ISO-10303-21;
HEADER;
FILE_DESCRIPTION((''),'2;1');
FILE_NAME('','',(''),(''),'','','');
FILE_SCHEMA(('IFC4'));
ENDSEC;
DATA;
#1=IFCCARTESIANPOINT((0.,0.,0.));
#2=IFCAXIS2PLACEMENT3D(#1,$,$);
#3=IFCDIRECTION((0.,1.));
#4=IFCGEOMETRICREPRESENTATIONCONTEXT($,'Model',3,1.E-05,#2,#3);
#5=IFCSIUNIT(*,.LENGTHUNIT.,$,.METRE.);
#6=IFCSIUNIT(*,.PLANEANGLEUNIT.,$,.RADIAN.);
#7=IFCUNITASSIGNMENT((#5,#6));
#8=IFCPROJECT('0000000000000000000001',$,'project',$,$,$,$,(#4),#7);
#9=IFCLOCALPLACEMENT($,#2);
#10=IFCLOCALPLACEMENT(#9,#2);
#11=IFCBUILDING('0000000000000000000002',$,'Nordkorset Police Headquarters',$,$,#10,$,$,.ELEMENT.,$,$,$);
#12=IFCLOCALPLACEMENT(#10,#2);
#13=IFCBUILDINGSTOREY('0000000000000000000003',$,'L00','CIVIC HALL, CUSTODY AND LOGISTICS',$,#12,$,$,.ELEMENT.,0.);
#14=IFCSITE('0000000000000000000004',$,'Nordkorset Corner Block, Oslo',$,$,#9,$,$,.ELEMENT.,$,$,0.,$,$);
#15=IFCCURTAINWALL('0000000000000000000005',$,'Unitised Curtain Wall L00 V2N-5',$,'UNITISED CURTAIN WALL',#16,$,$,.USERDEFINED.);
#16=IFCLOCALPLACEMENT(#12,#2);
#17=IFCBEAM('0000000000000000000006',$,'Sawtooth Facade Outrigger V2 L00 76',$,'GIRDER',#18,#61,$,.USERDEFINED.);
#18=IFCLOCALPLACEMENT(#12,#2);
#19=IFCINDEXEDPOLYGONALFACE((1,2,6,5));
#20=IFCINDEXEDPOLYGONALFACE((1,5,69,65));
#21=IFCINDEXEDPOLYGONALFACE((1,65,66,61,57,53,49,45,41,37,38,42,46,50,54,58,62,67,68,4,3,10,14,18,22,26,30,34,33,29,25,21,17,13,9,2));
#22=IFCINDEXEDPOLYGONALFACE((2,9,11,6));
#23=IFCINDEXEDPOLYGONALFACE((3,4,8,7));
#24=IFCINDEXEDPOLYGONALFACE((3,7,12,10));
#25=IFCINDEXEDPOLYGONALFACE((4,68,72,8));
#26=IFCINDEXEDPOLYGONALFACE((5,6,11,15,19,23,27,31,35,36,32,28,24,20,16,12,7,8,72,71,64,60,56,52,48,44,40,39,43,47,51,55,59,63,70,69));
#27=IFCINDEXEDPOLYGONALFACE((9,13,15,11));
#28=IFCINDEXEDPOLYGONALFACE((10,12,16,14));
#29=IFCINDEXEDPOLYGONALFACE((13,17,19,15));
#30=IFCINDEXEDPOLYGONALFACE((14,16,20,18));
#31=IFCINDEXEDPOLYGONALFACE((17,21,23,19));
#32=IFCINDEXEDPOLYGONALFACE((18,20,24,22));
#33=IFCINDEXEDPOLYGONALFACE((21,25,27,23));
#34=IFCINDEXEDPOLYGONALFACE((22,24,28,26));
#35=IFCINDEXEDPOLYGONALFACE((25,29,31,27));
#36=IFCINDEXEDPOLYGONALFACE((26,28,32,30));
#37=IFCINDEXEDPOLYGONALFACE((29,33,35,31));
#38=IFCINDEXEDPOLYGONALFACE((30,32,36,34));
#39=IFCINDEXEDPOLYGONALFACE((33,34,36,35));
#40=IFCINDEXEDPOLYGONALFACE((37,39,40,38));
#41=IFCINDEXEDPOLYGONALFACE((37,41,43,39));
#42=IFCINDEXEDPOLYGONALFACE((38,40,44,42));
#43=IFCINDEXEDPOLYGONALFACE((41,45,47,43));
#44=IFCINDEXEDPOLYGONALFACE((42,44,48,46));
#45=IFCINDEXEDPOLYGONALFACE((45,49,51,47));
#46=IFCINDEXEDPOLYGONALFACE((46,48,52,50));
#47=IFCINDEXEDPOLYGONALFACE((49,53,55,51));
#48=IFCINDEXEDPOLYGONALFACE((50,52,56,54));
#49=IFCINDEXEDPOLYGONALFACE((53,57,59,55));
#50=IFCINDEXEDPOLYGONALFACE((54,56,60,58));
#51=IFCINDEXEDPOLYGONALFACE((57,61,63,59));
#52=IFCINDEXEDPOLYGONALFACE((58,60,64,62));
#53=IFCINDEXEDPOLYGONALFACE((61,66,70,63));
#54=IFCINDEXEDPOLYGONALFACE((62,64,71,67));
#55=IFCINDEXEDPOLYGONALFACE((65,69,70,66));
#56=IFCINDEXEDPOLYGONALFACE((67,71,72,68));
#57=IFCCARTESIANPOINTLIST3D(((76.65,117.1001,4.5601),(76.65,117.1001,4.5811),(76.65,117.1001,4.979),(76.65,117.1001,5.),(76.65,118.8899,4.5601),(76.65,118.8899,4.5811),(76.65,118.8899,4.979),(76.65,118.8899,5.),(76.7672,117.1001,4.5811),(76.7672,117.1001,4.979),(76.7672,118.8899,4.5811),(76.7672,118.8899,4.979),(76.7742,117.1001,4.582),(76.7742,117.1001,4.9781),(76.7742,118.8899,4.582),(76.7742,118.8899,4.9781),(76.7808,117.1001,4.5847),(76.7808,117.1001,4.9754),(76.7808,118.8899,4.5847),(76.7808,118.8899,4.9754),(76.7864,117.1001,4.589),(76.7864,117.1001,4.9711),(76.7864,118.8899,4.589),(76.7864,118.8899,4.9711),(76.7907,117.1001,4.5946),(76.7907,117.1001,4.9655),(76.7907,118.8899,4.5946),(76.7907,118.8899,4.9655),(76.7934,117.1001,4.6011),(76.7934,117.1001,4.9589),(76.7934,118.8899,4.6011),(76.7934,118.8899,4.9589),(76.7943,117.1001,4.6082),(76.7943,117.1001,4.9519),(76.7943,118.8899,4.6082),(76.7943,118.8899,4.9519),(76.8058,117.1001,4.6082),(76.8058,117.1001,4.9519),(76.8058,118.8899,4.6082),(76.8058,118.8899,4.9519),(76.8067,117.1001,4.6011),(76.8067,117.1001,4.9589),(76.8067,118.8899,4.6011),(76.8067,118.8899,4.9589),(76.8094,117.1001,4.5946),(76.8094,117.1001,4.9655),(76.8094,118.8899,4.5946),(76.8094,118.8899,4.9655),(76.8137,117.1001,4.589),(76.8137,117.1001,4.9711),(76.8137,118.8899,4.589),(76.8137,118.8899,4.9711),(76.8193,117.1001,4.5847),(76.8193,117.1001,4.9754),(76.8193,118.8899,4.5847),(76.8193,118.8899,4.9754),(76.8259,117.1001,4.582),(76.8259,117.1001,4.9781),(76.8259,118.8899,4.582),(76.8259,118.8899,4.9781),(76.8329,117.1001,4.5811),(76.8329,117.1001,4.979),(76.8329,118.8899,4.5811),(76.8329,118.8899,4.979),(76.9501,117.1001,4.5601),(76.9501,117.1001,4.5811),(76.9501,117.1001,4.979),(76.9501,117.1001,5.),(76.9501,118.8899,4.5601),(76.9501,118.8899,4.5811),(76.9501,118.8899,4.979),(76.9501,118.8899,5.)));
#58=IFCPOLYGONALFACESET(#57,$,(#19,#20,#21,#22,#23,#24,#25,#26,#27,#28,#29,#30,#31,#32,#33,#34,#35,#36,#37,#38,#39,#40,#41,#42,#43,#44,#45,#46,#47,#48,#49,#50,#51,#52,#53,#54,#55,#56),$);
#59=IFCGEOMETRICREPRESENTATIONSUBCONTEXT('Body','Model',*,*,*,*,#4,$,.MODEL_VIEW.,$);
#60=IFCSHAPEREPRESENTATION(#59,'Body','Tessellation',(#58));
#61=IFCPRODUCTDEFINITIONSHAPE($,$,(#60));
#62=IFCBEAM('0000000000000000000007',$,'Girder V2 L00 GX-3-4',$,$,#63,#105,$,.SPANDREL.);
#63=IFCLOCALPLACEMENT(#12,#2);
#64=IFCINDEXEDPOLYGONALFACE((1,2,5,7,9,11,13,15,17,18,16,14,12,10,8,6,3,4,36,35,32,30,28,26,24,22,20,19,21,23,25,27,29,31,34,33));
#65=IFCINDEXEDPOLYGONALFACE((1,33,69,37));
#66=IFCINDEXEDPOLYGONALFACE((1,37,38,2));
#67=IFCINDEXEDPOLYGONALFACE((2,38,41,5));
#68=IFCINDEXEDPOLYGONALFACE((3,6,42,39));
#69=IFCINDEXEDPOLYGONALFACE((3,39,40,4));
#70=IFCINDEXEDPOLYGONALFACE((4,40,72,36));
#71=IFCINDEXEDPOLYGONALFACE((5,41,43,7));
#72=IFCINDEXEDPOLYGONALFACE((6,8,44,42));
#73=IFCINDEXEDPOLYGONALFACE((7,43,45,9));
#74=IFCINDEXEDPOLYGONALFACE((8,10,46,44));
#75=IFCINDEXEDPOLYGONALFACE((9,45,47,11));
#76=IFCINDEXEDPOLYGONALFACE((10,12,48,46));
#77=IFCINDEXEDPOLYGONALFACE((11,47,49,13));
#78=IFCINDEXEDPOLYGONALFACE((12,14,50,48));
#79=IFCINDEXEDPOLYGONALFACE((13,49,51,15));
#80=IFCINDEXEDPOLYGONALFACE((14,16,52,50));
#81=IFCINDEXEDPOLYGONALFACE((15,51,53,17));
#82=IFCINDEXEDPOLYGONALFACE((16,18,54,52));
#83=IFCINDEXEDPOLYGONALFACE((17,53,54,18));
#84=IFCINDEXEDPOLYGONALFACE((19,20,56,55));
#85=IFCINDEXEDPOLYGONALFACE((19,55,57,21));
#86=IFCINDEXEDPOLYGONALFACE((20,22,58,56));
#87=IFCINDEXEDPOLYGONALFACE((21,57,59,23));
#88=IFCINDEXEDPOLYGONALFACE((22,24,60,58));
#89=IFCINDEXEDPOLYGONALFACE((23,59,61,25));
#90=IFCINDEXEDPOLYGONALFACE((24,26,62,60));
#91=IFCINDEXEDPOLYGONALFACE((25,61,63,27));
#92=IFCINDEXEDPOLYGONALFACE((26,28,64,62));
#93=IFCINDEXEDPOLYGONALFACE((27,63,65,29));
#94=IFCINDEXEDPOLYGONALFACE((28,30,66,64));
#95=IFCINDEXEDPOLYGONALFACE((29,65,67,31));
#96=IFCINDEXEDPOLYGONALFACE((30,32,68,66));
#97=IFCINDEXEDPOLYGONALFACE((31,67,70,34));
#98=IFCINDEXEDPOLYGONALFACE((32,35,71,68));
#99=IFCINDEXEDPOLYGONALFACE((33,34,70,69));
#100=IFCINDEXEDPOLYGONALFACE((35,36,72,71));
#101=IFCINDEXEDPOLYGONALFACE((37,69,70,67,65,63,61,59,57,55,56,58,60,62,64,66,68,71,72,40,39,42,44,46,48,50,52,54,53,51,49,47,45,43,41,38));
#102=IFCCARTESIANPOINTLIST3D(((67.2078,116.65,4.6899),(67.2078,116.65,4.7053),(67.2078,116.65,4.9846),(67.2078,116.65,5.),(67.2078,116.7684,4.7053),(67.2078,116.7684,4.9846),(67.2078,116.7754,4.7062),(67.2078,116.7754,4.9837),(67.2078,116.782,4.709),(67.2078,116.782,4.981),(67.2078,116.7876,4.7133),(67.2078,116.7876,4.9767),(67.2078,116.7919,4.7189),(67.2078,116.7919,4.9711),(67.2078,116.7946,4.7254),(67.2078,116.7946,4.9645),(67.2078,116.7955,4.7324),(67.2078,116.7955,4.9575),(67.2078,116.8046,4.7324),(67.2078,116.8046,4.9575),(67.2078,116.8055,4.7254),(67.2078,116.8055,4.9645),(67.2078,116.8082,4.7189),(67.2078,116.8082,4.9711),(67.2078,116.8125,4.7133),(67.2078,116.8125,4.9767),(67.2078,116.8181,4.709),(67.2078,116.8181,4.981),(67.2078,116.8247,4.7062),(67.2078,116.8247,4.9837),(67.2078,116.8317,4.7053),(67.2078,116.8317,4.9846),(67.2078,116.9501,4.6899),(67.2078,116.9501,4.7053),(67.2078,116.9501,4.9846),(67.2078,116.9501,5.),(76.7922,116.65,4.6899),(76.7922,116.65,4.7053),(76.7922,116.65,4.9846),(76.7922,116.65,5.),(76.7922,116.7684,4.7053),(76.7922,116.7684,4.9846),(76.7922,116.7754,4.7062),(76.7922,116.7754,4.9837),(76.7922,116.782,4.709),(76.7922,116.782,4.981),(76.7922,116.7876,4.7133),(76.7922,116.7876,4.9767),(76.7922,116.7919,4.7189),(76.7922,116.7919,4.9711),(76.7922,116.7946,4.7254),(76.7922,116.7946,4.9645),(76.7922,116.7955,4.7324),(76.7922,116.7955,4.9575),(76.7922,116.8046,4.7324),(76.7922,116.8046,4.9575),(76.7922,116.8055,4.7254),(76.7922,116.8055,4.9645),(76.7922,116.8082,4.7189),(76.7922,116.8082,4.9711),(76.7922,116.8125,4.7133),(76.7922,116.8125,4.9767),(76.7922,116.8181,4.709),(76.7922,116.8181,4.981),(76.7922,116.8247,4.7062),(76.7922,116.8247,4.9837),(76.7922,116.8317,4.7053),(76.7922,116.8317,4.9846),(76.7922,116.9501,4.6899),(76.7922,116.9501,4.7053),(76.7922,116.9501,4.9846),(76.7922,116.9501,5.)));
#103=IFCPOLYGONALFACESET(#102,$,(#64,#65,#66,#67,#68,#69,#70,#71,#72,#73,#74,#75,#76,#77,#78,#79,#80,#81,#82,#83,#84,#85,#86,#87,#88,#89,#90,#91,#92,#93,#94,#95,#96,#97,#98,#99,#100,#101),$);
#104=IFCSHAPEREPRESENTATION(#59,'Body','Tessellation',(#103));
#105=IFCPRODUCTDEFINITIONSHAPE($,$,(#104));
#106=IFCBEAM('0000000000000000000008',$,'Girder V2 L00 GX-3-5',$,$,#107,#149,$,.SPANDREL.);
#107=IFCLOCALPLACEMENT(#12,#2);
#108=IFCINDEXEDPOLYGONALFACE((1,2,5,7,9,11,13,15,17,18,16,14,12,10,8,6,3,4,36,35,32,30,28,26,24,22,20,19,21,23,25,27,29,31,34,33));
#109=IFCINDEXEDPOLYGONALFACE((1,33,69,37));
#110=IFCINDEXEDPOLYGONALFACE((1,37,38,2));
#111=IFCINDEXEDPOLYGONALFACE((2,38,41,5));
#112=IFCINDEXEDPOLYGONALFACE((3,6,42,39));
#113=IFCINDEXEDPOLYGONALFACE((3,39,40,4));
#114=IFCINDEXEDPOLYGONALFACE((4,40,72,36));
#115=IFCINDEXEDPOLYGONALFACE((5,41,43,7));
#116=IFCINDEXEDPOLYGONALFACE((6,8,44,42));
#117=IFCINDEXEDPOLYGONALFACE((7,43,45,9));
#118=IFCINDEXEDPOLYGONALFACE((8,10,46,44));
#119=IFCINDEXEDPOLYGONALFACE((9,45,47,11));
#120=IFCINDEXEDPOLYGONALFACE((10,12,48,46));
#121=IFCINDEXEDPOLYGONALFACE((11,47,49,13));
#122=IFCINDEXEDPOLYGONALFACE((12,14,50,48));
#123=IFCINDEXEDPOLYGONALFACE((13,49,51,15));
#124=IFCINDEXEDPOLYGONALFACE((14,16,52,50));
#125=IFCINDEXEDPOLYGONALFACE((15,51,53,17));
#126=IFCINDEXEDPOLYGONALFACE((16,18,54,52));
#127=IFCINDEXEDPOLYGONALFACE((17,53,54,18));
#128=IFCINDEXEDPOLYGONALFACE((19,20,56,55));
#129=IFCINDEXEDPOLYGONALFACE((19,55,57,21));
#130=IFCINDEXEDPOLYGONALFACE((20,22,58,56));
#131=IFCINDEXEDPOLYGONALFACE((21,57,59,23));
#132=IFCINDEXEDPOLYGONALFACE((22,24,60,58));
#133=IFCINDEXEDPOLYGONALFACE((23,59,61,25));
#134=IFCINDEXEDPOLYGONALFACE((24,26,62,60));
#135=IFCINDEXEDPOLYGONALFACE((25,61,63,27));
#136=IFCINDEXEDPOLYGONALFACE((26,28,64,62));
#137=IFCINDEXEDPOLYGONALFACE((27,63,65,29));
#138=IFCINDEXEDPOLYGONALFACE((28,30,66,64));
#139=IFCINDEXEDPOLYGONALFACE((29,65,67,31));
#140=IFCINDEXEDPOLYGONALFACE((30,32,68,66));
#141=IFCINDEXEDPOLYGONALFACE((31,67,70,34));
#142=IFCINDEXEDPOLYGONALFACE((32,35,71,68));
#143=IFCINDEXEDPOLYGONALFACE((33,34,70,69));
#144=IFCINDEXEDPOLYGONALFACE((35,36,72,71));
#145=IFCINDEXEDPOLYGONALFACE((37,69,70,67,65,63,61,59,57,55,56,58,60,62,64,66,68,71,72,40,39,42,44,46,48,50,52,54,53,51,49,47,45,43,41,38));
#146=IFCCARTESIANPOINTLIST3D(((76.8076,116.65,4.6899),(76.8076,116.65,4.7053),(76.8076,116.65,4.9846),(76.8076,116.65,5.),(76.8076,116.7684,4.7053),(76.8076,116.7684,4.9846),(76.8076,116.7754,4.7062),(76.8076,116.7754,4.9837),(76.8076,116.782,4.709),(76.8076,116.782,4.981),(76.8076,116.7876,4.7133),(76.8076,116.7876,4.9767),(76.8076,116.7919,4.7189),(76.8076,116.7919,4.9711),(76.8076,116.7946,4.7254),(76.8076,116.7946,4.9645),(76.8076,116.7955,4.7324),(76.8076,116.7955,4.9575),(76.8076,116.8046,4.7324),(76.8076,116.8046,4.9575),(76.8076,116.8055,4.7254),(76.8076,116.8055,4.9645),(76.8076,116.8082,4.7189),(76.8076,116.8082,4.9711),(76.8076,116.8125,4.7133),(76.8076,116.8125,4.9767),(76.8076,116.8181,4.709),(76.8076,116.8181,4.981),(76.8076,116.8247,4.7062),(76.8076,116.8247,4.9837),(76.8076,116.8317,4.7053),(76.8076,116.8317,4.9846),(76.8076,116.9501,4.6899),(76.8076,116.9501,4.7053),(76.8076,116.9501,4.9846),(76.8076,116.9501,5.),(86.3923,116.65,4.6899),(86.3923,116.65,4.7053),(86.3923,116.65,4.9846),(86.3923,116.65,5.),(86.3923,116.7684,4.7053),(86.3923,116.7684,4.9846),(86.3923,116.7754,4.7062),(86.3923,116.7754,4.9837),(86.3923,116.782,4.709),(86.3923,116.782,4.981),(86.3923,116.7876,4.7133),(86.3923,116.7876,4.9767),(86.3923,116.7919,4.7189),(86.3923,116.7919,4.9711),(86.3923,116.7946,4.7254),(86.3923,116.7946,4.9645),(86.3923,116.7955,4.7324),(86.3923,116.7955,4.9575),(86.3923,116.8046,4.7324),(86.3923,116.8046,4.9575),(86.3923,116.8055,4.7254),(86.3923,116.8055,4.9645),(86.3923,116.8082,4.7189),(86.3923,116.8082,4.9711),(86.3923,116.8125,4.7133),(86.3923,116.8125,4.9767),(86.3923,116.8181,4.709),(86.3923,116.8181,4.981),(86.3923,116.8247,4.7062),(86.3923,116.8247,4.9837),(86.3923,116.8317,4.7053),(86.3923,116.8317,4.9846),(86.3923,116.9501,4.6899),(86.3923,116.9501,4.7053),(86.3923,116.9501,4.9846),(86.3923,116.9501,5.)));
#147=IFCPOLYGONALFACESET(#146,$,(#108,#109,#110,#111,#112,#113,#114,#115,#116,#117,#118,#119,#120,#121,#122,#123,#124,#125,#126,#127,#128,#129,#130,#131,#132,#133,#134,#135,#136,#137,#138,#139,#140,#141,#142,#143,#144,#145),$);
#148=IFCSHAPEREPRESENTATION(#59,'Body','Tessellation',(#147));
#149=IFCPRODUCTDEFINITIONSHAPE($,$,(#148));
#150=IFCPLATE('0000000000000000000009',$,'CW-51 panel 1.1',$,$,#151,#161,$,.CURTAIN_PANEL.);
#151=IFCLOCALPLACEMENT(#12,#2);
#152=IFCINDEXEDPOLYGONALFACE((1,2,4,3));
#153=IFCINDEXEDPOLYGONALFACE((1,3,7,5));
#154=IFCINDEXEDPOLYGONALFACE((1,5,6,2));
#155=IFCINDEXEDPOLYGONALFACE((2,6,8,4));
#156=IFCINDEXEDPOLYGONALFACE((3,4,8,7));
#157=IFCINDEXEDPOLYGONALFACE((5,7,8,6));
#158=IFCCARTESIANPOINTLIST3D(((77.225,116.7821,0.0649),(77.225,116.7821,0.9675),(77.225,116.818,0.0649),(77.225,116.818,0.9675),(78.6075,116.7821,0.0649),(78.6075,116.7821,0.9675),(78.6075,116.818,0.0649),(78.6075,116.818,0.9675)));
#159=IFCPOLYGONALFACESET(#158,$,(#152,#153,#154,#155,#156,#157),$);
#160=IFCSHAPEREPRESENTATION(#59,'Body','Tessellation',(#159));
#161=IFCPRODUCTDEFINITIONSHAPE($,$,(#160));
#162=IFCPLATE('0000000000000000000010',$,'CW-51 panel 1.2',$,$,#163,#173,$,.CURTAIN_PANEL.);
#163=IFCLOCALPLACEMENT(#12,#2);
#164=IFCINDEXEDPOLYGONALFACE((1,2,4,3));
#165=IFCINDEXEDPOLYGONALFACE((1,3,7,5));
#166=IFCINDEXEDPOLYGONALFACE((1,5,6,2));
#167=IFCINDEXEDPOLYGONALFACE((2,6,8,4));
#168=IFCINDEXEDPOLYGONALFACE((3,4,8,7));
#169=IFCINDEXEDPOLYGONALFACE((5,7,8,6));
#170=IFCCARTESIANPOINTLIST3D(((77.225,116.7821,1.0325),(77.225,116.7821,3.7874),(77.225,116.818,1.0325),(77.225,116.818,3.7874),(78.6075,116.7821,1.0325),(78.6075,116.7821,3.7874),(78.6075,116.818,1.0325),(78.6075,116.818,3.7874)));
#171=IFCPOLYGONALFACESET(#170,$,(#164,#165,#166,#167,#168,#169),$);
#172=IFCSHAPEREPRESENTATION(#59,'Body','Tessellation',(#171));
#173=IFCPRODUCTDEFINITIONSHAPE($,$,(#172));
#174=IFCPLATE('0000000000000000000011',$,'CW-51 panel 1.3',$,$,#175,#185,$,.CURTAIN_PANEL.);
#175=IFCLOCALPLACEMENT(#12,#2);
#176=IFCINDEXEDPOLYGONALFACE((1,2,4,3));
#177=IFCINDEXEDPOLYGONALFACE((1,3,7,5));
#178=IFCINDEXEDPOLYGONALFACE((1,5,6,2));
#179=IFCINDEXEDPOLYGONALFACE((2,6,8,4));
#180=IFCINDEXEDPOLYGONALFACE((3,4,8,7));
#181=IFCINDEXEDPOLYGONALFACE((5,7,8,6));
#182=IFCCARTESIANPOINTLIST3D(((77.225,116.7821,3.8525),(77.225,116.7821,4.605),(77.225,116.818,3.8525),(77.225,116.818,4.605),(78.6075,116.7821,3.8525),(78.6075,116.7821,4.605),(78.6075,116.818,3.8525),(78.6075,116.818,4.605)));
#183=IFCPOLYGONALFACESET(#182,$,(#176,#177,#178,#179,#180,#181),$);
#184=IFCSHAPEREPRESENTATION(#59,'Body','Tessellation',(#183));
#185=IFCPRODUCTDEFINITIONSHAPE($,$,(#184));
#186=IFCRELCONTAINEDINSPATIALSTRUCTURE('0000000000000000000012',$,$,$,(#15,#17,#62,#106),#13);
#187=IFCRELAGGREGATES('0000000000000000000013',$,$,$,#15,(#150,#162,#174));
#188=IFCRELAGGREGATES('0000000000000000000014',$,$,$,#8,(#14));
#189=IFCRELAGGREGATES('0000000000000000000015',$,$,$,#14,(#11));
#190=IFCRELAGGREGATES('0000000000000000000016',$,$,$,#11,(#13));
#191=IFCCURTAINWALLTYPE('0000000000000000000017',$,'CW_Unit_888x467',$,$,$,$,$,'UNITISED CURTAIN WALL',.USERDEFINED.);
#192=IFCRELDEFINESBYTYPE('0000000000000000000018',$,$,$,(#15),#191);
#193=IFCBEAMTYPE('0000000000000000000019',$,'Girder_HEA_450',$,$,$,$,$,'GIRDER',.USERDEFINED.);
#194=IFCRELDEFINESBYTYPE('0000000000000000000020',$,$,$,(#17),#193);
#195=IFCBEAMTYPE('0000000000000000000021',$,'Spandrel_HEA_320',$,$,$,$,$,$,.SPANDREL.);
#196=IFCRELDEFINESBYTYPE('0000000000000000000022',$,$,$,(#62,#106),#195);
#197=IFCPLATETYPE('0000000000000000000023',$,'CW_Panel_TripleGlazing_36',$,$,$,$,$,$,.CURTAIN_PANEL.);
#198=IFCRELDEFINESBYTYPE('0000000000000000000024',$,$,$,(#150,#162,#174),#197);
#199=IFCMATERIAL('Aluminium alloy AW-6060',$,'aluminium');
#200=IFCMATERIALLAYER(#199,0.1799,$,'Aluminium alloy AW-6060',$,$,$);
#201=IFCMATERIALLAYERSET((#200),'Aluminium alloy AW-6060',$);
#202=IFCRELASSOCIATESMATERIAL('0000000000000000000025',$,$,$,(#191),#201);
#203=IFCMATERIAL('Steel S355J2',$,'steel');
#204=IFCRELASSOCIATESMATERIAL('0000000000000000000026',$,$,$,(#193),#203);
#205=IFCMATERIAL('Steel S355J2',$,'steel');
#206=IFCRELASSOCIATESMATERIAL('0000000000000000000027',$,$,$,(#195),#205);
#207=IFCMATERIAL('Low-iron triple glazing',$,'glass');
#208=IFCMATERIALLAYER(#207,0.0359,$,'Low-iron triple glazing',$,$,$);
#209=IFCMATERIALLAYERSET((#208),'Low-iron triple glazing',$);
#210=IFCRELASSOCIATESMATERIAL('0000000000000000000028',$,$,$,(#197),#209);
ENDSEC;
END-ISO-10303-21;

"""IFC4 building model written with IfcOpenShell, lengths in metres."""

from ifc_helpers import new_model, si_unit, direction, frame, origin, origin_2d, place, context, subcontext, project, spatial, rectangle, i_section, extrude, material, layer, layer_set, material_profile, profile_set, type_object, element, aggregate, save


model = new_model("IFC4")

# Units and contexts
model_context = context("Model", 3, precision=1e-05, world=origin(), true_north=direction((0.0, 1.0)))
body_context = subcontext(model_context, "Body", "Model", "MODEL_VIEW")
ifc_project = project(units=[si_unit("LENGTHUNIT", "METRE"), si_unit("PLANEANGLEUNIT", "RADIAN")], contexts=[model_context])

# Site, building, storey
site_placement = place(None, origin())
site = spatial("IfcSite", under=ifc_project, at=site_placement, Name="Nordkorset Corner Block, Oslo", CompositionType="ELEMENT", RefElevation=0.0)
building_placement = place(site_placement, origin())
building = spatial("IfcBuilding", under=site, at=building_placement, Name="Nordkorset Police Headquarters", CompositionType="ELEMENT")
storey_placement = place(building_placement, origin())
storey = spatial("IfcBuildingStorey", under=building, at=storey_placement, Name="L00", Description="CIVIC HALL, CUSTODY AND LOGISTICS", CompositionType="ELEMENT", Elevation=0.0)

# Curtain wall
ifc_material_1 = material(Name="Aluminium alloy AW-6060", Category="aluminium")
ifc_layer_1 = layer(ifc_material_1, 0.1799, Name="Aluminium alloy AW-6060")
ifc_layer_set_1 = layer_set([ifc_layer_1], Name="Aluminium alloy AW-6060")
curtain_wall_type = type_object("IfcCurtainWallType", Name="CW_Unit_888x467", ElementType="UNITISED CURTAIN WALL", PredefinedType="USERDEFINED", material=ifc_layer_set_1)
curtain_wall_placement = place(storey_placement, origin())
curtain_wall = element("IfcCurtainWall", 1, at=curtain_wall_placement, inside=storey, type_object=curtain_wall_type, Name="Unitised Curtain Wall L00 V2N-5", ObjectType="UNITISED CURTAIN WALL", PredefinedType="USERDEFINED")

# Beams
ifc_material_2 = material(Name="Steel S355J2", Category="steel")
ifc_material_profile_1 = material_profile(ifc_material_2, i_section(OverallWidth=0.3, OverallDepth=0.4399, WebThickness=0.0115, FlangeThickness=0.021, FilletRadius=0.0271, at=origin_2d()), Name="HEA 450")
ifc_profile_set_1 = profile_set([ifc_material_profile_1], Name="Steel S355J2")
beam_type_1 = type_object("IfcBeamType", Name="Girder_HEA_450", ElementType="GIRDER", PredefinedType="USERDEFINED", material=ifc_profile_set_1)
beam_1_placement = place(storey_placement, frame((76.8, 117.1001, 4.78), z_axis=(0.0, 1.0, 0.0), x_axis=(-1.0, 0.0, 0.0)))
element("IfcBeam", 2, at=beam_1_placement, inside=storey, type_object=beam_type_1, Name="Sawtooth Facade Outrigger V2 L00 76", ObjectType="GIRDER", PredefinedType="USERDEFINED", context=body_context, shape_type="SweptSolid", body=[
    extrude(i_section(OverallWidth=0.3, OverallDepth=0.4399, WebThickness=0.0115, FlangeThickness=0.021, FilletRadius=0.0271, at=origin_2d()), origin(), (0.0, 0.0, 1.0), 1.7898),
])
ifc_material_3 = material(Name="Steel S355J2", Category="steel")
ifc_material_profile_2 = material_profile(ifc_material_3, i_section(OverallWidth=0.3, OverallDepth=0.3101, WebThickness=0.009, FlangeThickness=0.0154, FilletRadius=0.0271, at=origin_2d()), Name="HEA 320")
ifc_profile_set_2 = profile_set([ifc_material_profile_2], Name="Steel S355J2")
beam_type_2 = type_object("IfcBeamType", Name="Spandrel_HEA_320", PredefinedType="SPANDREL", material=ifc_profile_set_2)
beam_2_placement = place(storey_placement, frame((67.2078, 116.8, 4.845), z_axis=(1.0, 0.0, 0.0), x_axis=(0.0, 1.0, 0.0)))
element("IfcBeam", 3, at=beam_2_placement, inside=storey, type_object=beam_type_2, Name="Girder V2 L00 GX-3-4", PredefinedType="SPANDREL", context=body_context, shape_type="SweptSolid", body=[
    extrude(i_section(OverallWidth=0.3, OverallDepth=0.3101, WebThickness=0.009, FlangeThickness=0.0154, FilletRadius=0.0271, at=origin_2d()), origin(), (0.0, 0.0, 1.0), 9.5845),
])
beam_3_placement = place(storey_placement, frame((76.8076, 116.8, 4.845), z_axis=(1.0, 0.0, 0.0), x_axis=(0.0, 1.0, 0.0)))
element("IfcBeam", 4, at=beam_3_placement, inside=storey, type_object=beam_type_2, Name="Girder V2 L00 GX-3-5", PredefinedType="SPANDREL", context=body_context, shape_type="SweptSolid", body=[
    extrude(i_section(OverallWidth=0.3, OverallDepth=0.3101, WebThickness=0.009, FlangeThickness=0.0154, FilletRadius=0.0271, at=origin_2d()), origin(), (0.0, 0.0, 1.0), 9.5847),
])

# Plates
ifc_material_4 = material(Name="Low-iron triple glazing", Category="glass")
ifc_layer_2 = layer(ifc_material_4, 0.0359, Name="Low-iron triple glazing")
ifc_layer_set_2 = layer_set([ifc_layer_2], Name="Low-iron triple glazing")
plate_type_1 = type_object("IfcPlateType", Name="CW_Panel_TripleGlazing_36", PredefinedType="CURTAIN_PANEL", material=ifc_layer_set_2)
plate_1_placement = place(storey_placement, frame((77.9163, 116.8, 0.0649), z_axis=(0.0, 0.0, 1.0), x_axis=(1.0, 0.0, 0.0)))
plate_1 = element("IfcPlate", 5, at=plate_1_placement, type_object=plate_type_1, Name="CW-51 panel 1.1", PredefinedType="CURTAIN_PANEL", context=body_context, shape_type="SweptSolid", body=[
    extrude(rectangle(XDim=1.3826, YDim=0.0359, at=origin_2d()), origin(), (0.0, 0.0, 1.0), 0.9026),
])
plate_2_placement = place(storey_placement, frame((77.9163, 116.8, 1.0325), z_axis=(0.0, 0.0, 1.0), x_axis=(1.0, 0.0, 0.0)))
plate_2 = element("IfcPlate", 6, at=plate_2_placement, type_object=plate_type_1, Name="CW-51 panel 1.2", PredefinedType="CURTAIN_PANEL", context=body_context, shape_type="SweptSolid", body=[
    extrude(rectangle(XDim=1.3826, YDim=0.0359, at=origin_2d()), origin(), (0.0, 0.0, 1.0), 2.7549),
])
plate_3_placement = place(storey_placement, frame((77.9163, 116.8, 3.8525), z_axis=(0.0, 0.0, 1.0), x_axis=(1.0, 0.0, 0.0)))
plate_3 = element("IfcPlate", 7, at=plate_3_placement, type_object=plate_type_1, Name="CW-51 panel 1.3", PredefinedType="CURTAIN_PANEL", context=body_context, shape_type="SweptSolid", body=[
    extrude(rectangle(XDim=1.3826, YDim=0.0359, at=origin_2d()), origin(), (0.0, 0.0, 1.0), 0.7524),
])
aggregate(curtain_wall, [plate_1, plate_2, plate_3])

save(model, "model.ifc")
